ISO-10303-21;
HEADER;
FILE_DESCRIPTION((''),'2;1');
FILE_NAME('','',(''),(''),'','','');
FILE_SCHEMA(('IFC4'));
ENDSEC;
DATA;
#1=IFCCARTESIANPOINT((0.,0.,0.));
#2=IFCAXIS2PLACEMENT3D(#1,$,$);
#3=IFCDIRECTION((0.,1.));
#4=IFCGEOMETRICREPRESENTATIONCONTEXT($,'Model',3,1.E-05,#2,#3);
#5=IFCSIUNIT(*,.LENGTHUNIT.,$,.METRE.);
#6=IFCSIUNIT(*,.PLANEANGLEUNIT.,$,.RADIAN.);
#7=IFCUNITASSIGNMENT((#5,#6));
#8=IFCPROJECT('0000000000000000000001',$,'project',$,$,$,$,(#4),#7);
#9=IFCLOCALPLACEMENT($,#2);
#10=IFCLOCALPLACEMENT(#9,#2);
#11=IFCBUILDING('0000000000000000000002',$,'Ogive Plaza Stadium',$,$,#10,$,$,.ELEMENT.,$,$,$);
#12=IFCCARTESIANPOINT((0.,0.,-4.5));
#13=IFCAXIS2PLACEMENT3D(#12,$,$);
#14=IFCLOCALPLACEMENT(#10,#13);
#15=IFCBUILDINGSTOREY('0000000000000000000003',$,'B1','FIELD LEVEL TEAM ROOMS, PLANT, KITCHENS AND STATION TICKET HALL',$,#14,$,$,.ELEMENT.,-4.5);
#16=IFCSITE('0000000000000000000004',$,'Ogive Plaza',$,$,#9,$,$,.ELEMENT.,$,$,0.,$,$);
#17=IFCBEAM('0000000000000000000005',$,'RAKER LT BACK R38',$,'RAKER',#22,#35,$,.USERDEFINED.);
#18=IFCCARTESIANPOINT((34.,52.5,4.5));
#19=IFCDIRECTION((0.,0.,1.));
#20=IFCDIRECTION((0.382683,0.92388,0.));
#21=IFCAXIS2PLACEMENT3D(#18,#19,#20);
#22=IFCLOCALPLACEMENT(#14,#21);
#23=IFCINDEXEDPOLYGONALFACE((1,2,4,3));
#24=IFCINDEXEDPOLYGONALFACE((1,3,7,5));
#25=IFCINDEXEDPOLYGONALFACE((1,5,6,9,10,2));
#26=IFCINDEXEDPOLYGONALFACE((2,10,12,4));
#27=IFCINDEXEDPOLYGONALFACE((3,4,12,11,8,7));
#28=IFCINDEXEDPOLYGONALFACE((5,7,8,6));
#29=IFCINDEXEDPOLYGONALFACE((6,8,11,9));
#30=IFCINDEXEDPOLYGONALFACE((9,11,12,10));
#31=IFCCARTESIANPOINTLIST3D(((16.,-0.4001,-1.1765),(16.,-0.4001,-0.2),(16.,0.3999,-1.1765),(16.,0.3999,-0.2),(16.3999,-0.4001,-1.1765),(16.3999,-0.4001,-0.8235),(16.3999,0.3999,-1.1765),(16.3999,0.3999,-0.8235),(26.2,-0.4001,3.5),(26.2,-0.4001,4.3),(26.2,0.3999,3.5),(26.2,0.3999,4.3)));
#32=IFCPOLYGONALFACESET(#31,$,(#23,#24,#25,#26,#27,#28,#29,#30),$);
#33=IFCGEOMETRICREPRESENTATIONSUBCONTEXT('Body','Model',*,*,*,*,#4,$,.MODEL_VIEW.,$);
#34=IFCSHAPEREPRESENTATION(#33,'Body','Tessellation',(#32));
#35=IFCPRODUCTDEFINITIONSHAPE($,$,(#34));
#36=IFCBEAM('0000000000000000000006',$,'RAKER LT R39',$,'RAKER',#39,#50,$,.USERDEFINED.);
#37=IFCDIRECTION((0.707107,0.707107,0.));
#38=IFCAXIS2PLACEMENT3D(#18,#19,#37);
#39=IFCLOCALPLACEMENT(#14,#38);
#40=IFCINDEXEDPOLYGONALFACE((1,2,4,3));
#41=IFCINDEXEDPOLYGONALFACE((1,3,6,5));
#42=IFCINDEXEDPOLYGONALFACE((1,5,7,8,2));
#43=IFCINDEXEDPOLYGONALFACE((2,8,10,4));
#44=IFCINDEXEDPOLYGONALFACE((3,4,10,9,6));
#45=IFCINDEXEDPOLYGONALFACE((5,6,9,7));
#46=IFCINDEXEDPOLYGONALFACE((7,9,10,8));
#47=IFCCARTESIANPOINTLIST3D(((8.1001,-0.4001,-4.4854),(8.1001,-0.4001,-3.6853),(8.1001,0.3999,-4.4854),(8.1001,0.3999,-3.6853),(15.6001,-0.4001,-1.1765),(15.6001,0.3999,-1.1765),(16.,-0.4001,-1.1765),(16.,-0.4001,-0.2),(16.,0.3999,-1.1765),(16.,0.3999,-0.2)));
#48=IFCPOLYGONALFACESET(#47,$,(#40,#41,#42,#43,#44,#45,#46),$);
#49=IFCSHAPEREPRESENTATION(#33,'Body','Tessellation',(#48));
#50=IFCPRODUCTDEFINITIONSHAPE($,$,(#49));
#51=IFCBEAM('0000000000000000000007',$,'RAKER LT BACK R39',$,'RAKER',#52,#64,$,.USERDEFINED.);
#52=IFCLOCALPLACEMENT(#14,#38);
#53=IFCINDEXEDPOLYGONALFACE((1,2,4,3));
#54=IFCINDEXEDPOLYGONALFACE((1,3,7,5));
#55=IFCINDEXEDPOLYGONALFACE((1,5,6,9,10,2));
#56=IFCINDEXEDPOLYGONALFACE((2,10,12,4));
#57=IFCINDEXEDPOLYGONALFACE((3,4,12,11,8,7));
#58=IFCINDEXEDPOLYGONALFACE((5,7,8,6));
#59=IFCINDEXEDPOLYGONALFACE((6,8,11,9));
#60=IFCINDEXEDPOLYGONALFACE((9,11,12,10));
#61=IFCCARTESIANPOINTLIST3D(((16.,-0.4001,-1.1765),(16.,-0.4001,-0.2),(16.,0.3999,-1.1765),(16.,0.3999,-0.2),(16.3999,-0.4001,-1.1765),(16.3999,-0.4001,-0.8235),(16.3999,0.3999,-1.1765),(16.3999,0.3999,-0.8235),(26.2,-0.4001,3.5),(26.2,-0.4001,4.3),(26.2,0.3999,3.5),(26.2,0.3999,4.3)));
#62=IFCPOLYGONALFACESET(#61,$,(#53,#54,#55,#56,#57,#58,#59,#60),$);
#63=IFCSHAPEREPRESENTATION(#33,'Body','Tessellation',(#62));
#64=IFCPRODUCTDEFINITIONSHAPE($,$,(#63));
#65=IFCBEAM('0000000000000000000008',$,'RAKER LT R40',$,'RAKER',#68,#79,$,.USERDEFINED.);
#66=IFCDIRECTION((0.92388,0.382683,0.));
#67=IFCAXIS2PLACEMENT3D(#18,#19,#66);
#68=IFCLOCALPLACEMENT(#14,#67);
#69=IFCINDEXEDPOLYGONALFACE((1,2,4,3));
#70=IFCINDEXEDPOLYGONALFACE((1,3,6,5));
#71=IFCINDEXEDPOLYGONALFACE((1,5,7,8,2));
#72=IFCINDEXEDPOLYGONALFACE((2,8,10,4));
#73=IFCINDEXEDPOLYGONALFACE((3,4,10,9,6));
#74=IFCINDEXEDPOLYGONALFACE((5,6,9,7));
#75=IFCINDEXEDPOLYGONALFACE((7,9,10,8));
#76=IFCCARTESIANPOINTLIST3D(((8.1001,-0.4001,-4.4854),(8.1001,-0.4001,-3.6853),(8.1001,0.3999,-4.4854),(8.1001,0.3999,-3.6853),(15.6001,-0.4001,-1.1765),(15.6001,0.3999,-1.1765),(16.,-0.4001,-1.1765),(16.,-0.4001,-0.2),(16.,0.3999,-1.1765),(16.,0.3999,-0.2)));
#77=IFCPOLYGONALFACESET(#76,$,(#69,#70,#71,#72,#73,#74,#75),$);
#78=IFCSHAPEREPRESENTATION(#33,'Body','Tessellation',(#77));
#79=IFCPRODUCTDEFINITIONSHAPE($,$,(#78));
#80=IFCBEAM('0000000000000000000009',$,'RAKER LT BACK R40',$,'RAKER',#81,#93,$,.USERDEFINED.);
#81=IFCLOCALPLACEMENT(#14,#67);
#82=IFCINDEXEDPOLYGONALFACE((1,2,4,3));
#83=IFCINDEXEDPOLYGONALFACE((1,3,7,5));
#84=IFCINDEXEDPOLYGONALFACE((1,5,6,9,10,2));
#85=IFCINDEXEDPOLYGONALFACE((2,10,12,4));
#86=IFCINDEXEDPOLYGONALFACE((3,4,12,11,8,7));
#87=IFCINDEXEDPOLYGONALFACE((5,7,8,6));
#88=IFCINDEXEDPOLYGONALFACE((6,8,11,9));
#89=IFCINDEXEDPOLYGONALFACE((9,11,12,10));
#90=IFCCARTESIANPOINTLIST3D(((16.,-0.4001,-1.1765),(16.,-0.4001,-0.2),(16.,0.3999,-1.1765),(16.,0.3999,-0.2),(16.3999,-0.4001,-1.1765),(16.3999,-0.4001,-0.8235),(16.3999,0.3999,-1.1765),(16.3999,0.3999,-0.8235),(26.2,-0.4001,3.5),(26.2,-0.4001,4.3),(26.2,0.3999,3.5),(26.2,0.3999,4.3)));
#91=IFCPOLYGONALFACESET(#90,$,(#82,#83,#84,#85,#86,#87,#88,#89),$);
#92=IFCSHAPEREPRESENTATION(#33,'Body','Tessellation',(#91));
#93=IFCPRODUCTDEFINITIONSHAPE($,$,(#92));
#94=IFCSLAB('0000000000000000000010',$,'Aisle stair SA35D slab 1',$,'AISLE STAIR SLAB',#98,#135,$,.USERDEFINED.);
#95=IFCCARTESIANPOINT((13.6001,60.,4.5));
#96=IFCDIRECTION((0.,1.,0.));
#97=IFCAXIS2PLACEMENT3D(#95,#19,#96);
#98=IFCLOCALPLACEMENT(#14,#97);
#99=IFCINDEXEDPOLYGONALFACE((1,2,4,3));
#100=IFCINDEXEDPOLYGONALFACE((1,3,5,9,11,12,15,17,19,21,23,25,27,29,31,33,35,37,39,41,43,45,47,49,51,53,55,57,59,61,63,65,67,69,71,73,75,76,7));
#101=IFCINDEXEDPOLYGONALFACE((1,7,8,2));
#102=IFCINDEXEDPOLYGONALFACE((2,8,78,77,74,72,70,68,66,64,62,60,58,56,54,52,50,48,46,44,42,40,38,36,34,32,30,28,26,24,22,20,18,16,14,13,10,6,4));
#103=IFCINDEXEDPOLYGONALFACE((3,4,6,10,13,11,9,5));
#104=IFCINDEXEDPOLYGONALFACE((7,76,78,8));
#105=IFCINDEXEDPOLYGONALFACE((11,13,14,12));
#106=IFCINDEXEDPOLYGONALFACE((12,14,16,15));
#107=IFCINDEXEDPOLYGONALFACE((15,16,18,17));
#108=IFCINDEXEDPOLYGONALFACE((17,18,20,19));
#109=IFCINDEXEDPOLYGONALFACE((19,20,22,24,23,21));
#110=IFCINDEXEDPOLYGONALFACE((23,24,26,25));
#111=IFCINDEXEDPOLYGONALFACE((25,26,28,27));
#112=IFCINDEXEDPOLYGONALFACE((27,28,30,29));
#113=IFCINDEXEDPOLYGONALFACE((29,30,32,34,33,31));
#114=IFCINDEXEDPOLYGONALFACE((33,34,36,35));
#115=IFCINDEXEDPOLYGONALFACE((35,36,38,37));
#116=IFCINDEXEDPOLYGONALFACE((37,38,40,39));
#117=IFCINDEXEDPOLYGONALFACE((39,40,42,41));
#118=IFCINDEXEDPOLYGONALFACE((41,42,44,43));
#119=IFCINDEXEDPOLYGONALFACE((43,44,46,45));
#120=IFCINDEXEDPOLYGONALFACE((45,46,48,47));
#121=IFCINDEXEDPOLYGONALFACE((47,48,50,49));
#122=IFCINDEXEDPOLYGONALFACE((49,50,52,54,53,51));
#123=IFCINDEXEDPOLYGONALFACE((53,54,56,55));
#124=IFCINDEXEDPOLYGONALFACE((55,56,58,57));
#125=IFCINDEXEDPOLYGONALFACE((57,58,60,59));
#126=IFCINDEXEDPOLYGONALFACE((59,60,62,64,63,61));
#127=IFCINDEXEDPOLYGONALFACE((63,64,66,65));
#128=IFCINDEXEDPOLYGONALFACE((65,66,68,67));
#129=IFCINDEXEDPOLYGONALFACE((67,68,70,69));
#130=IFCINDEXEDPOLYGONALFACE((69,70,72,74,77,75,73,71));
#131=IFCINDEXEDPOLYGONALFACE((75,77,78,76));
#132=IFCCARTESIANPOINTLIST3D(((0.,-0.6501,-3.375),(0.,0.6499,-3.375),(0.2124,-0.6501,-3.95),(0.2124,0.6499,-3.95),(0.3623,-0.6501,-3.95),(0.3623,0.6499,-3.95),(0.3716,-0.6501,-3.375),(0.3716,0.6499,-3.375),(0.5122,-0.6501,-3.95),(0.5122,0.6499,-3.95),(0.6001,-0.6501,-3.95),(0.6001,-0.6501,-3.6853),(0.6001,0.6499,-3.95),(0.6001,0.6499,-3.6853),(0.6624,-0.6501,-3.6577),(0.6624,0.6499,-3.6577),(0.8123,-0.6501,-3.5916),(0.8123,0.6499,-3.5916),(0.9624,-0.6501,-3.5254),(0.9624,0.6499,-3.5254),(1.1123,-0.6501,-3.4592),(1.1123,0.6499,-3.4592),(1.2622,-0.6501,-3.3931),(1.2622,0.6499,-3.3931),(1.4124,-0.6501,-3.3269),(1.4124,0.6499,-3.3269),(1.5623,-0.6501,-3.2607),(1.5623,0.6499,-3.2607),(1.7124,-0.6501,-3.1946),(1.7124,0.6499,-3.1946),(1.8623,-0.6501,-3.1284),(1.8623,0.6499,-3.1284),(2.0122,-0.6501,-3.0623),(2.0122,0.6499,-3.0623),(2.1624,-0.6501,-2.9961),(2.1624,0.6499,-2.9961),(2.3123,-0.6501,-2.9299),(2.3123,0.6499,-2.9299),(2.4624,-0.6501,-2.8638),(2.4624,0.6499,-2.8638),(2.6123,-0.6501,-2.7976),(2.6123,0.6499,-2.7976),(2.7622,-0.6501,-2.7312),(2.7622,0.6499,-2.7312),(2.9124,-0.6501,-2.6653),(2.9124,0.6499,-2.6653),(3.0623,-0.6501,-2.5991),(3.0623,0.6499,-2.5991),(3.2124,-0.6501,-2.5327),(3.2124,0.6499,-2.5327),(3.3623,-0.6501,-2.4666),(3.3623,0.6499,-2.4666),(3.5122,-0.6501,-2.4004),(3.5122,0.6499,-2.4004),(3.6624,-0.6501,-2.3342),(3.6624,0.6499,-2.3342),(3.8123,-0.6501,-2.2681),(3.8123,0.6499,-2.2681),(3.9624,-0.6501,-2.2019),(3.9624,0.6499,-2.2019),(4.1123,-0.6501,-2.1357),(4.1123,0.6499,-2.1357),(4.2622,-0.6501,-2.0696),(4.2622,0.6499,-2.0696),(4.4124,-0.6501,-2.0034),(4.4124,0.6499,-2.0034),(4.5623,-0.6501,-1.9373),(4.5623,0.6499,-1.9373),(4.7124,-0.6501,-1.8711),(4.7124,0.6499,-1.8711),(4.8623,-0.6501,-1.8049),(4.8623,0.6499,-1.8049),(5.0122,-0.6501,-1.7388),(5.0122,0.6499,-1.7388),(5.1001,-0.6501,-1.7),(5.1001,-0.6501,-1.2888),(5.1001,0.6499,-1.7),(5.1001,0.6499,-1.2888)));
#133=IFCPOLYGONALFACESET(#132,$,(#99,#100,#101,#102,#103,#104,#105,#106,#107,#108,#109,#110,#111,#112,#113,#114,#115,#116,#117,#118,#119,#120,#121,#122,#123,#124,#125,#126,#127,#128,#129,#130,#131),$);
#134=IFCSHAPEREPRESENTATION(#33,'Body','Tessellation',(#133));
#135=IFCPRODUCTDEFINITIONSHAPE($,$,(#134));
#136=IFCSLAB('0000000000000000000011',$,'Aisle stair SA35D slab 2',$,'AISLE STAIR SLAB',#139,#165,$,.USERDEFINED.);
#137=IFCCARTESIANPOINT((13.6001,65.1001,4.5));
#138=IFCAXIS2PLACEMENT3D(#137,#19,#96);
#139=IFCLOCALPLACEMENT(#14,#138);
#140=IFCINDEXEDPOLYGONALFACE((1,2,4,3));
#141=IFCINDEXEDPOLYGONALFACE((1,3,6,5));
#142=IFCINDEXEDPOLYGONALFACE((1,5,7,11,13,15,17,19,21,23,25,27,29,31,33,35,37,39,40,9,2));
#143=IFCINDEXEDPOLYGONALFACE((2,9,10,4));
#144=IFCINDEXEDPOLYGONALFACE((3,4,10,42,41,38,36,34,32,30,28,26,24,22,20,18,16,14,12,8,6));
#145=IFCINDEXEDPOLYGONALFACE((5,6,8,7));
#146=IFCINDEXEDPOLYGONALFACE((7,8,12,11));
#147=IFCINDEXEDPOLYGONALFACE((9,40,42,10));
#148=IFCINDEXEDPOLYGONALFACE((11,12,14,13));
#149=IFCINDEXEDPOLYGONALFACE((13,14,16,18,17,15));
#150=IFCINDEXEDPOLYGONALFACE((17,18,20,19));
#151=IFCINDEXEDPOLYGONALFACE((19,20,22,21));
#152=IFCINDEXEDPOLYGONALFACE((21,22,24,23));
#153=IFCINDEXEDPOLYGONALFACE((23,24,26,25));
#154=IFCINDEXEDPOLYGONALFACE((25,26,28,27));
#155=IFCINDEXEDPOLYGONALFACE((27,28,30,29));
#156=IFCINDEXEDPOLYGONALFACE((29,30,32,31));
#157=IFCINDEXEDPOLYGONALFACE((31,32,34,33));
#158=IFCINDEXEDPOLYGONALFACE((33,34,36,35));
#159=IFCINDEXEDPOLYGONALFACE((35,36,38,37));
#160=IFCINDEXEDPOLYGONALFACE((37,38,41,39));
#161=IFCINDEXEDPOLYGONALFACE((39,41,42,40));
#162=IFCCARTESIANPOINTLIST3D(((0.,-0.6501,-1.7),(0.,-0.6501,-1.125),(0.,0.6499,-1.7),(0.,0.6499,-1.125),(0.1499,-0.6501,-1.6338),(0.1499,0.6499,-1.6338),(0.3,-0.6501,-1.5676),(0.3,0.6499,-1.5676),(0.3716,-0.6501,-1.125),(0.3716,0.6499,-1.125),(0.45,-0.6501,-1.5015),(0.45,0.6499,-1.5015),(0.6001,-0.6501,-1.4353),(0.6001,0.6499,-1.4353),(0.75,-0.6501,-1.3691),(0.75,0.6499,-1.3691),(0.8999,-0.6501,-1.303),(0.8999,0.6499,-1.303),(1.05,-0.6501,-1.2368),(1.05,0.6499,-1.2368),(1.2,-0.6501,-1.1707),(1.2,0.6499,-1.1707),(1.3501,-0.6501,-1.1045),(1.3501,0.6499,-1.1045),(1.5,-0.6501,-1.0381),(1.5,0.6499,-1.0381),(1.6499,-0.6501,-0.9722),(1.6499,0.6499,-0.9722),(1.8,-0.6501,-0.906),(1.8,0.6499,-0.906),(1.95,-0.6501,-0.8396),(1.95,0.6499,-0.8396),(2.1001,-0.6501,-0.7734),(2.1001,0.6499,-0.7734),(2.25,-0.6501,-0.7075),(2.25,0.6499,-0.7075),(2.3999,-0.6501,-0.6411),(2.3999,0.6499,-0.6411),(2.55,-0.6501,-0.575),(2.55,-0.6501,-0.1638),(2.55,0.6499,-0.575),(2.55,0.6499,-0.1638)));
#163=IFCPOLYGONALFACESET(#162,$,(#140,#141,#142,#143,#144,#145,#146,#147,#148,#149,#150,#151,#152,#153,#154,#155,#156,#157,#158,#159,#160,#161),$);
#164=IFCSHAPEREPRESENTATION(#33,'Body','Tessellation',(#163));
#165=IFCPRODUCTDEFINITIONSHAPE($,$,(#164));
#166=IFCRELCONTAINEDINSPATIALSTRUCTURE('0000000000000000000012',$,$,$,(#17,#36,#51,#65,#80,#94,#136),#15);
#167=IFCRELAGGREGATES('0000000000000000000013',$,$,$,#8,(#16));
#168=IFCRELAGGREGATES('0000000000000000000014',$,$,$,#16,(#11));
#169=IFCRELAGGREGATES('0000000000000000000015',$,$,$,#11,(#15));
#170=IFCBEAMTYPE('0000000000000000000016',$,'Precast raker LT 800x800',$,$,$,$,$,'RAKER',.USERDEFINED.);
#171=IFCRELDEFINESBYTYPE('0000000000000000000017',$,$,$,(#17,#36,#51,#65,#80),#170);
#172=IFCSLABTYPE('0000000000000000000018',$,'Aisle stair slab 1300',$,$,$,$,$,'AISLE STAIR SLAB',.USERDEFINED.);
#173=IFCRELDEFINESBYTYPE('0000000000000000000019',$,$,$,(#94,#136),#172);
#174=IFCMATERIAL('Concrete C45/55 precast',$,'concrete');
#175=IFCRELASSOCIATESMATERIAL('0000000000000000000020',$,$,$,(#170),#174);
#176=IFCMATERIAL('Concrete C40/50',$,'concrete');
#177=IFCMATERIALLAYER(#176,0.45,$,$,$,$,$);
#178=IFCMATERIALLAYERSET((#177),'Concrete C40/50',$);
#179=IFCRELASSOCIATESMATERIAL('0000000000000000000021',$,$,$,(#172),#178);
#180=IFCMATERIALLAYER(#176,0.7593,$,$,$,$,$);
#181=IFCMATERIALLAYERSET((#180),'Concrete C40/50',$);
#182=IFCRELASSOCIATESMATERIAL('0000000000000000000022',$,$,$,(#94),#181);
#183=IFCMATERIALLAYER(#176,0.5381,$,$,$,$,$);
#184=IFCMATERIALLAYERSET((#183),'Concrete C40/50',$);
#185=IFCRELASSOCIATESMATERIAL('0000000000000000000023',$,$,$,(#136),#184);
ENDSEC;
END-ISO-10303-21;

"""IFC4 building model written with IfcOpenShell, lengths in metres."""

from ifc_helpers import new_model, si_unit, direction, frame, origin, origin_2d, place, context, subcontext, project, spatial, polyline, rectangle, outline, extrude, material, layer, layer_set, material_profile, profile_set, type_object, element, save


model = new_model("IFC4")

# Units and contexts
model_context = context("Model", 3, precision=1e-05, world=origin(), true_north=direction((0.0, 1.0)))
body_context = subcontext(model_context, "Body", "Model", "MODEL_VIEW")
ifc_project = project(units=[si_unit("LENGTHUNIT", "METRE"), si_unit("PLANEANGLEUNIT", "RADIAN")], contexts=[model_context])

# Site, building, storey
site_placement = place(None, origin())
site = spatial("IfcSite", under=ifc_project, at=site_placement, Name="Ogive Plaza", CompositionType="ELEMENT", RefElevation=0.0)
building_placement = place(site_placement, origin())
building = spatial("IfcBuilding", under=site, at=building_placement, Name="Ogive Plaza Stadium", CompositionType="ELEMENT")
storey_placement = place(building_placement, frame((0.0, 0.0, -4.5)))
storey = spatial("IfcBuildingStorey", under=building, at=storey_placement, Name="B1", Description="FIELD LEVEL TEAM ROOMS, PLANT, KITCHENS AND STATION TICKET HALL", CompositionType="ELEMENT", Elevation=-4.5)

# Beams
ifc_material_1 = material(Name="Concrete C45/55 precast", Category="concrete")
ifc_material_profile_1 = material_profile(ifc_material_1, rectangle(XDim=0.8, YDim=0.8, at=origin_2d()), Name="RC 800x800")
ifc_profile_set_1 = profile_set([ifc_material_profile_1], Name="Concrete C45/55 precast")
beam_type = type_object("IfcBeamType", Name="Precast raker LT 800x800", ElementType="RAKER", PredefinedType="USERDEFINED", material=ifc_profile_set_1)
beam_1_placement = place(storey_placement, frame((34.0, 52.5, 4.5), z_axis=(0.0, 0.0, 1.0), x_axis=(0.382683, 0.92388, 0.0)))
element("IfcBeam", 1, at=beam_1_placement, inside=storey, type_object=beam_type, Name="RAKER LT BACK R38", ObjectType="RAKER", PredefinedType="USERDEFINED", context=body_context, shape_type="SweptSolid", body=[
    extrude(outline(polyline([(16.0, -1.1765), (16.3999, -1.1765), (16.3999, -0.8235), (26.2, 3.5), (26.2, 4.3), (16.0, -0.2), (16.0, -1.1765)])), frame((0.0, 0.3999, 0.0), z_axis=(0.0, -1.0, 0.0), x_axis=(1.0, 0.0, 0.0)), (0.0, 0.0, 1.0), 0.8),
])
beam_2_placement = place(storey_placement, frame((34.0, 52.5, 4.5), z_axis=(0.0, 0.0, 1.0), x_axis=(0.707107, 0.707107, 0.0)))
element("IfcBeam", 2, at=beam_2_placement, inside=storey, type_object=beam_type, Name="RAKER LT R39", ObjectType="RAKER", PredefinedType="USERDEFINED", context=body_context, shape_type="SweptSolid", body=[
    extrude(outline(polyline([(8.1001, -4.4854), (15.6001, -1.1765), (16.0, -1.1765), (16.0, -0.2), (8.1001, -3.6853), (8.1001, -4.4854)])), frame((0.0, 0.3999, 0.0), z_axis=(0.0, -1.0, 0.0), x_axis=(1.0, 0.0, 0.0)), (0.0, 0.0, 1.0), 0.8),
])
beam_3_placement = place(storey_placement, frame((34.0, 52.5, 4.5), z_axis=(0.0, 0.0, 1.0), x_axis=(0.707107, 0.707107, 0.0)))
element("IfcBeam", 3, at=beam_3_placement, inside=storey, type_object=beam_type, Name="RAKER LT BACK R39", ObjectType="RAKER", PredefinedType="USERDEFINED", context=body_context, shape_type="SweptSolid", body=[
    extrude(outline(polyline([(16.0, -1.1765), (16.3999, -1.1765), (16.3999, -0.8235), (26.2, 3.5), (26.2, 4.3), (16.0, -0.2), (16.0, -1.1765)])), frame((0.0, 0.3999, 0.0), z_axis=(0.0, -1.0, 0.0), x_axis=(1.0, 0.0, 0.0)), (0.0, 0.0, 1.0), 0.8),
])
beam_4_placement = place(storey_placement, frame((34.0, 52.5, 4.5), z_axis=(0.0, 0.0, 1.0), x_axis=(0.92388, 0.382683, 0.0)))
element("IfcBeam", 4, at=beam_4_placement, inside=storey, type_object=beam_type, Name="RAKER LT R40", ObjectType="RAKER", PredefinedType="USERDEFINED", context=body_context, shape_type="SweptSolid", body=[
    extrude(outline(polyline([(8.1001, -4.4854), (15.6001, -1.1765), (16.0, -1.1765), (16.0, -0.2), (8.1001, -3.6853), (8.1001, -4.4854)])), frame((0.0, 0.3999, 0.0), z_axis=(0.0, -1.0, 0.0), x_axis=(1.0, 0.0, 0.0)), (0.0, 0.0, 1.0), 0.8),
])
beam_5_placement = place(storey_placement, frame((34.0, 52.5, 4.5), z_axis=(0.0, 0.0, 1.0), x_axis=(0.92388, 0.382683, 0.0)))
element("IfcBeam", 5, at=beam_5_placement, inside=storey, type_object=beam_type, Name="RAKER LT BACK R40", ObjectType="RAKER", PredefinedType="USERDEFINED", context=body_context, shape_type="SweptSolid", body=[
    extrude(outline(polyline([(16.0, -1.1765), (16.3999, -1.1765), (16.3999, -0.8235), (26.2, 3.5), (26.2, 4.3), (16.0, -0.2), (16.0, -1.1765)])), frame((0.0, 0.3999, 0.0), z_axis=(0.0, -1.0, 0.0), x_axis=(1.0, 0.0, 0.0)), (0.0, 0.0, 1.0), 0.8),
])

# Slabs
ifc_material_2 = material(Name="Concrete C40/50", Category="concrete")
ifc_layer_1 = layer(ifc_material_2, 0.7593)
ifc_layer_set_1 = layer_set([ifc_layer_1], Name="Concrete C40/50")
ifc_layer_2 = layer(ifc_material_2, 0.45)
ifc_layer_set_2 = layer_set([ifc_layer_2], Name="Concrete C40/50")
slab_type = type_object("IfcSlabType", Name="Aisle stair slab 1300", ElementType="AISLE STAIR SLAB", PredefinedType="USERDEFINED", material=ifc_layer_set_2)
slab_1_placement = place(storey_placement, frame((13.6001, 60.0, 4.5), z_axis=(0.0, 0.0, 1.0), x_axis=(0.0, 1.0, 0.0)))
element("IfcSlab", 6, at=slab_1_placement, inside=storey, type_object=slab_type, material=ifc_layer_set_1, Name="Aisle stair SA35D slab 1", ObjectType="AISLE STAIR SLAB", PredefinedType="USERDEFINED", context=body_context, shape_type="SweptSolid", body=[
    extrude(outline(polyline([(0.0, -3.375), (0.3716, -3.375), (5.1001, -1.2888), (5.1001, -1.7), (5.0122, -1.7388), (4.8623, -1.8049), (4.7124, -1.8711), (4.5623, -1.9373), (4.4124, -2.0034), (4.2622, -2.0696), (4.1123, -2.1357), (3.9624, -2.2019), (3.8123, -2.2681), (3.6624, -2.3342), (3.5122, -2.4004), (3.3623, -2.4666), (3.2124, -2.5327), (3.0623, -2.5991), (2.9124, -2.6653), (2.7622, -2.7312), (2.6123, -2.7976), (2.4624, -2.8638), (2.3123, -2.9299), (2.1624, -2.9961), (2.0122, -3.0623), (1.8623, -3.1284), (1.7124, -3.1946), (1.5623, -3.2607), (1.4124, -3.3269), (1.2622, -3.3931), (1.1123, -3.4592), (0.9624, -3.5254), (0.8123, -3.5916), (0.6624, -3.6577), (0.6001, -3.6853), (0.6001, -3.95), (0.5122, -3.95), (0.3623, -3.95), (0.2124, -3.95), (0.0, -3.375)])), frame((0.0, 0.6499, 0.0), z_axis=(0.0, -1.0, 0.0), x_axis=(1.0, 0.0, 0.0)), (0.0, 0.0, 1.0), 1.3),
])
ifc_layer_3 = layer(ifc_material_2, 0.5381)
ifc_layer_set_3 = layer_set([ifc_layer_3], Name="Concrete C40/50")
slab_2_placement = place(storey_placement, frame((13.6001, 65.1001, 4.5), z_axis=(0.0, 0.0, 1.0), x_axis=(0.0, 1.0, 0.0)))
element("IfcSlab", 7, at=slab_2_placement, inside=storey, type_object=slab_type, material=ifc_layer_set_3, Name="Aisle stair SA35D slab 2", ObjectType="AISLE STAIR SLAB", PredefinedType="USERDEFINED", context=body_context, shape_type="SweptSolid", body=[
    extrude(outline(polyline([(0.0, -1.125), (0.3716, -1.125), (2.55, -0.1638), (2.55, -0.575), (2.3999, -0.6411), (2.25, -0.7075), (2.1001, -0.7734), (1.95, -0.8396), (1.8, -0.906), (1.6499, -0.9722), (1.5, -1.0381), (1.3501, -1.1045), (1.2, -1.1707), (1.05, -1.2368), (0.8999, -1.303), (0.75, -1.3691), (0.6001, -1.4353), (0.45, -1.5015), (0.3, -1.5676), (0.1499, -1.6338), (0.0, -1.7), (0.0, -1.125)])), frame((0.0, 0.6499, 0.0), z_axis=(0.0, -1.0, 0.0), x_axis=(1.0, 0.0, 0.0)), (0.0, 0.0, 1.0), 1.3),
])

save(model, "model.ifc")
